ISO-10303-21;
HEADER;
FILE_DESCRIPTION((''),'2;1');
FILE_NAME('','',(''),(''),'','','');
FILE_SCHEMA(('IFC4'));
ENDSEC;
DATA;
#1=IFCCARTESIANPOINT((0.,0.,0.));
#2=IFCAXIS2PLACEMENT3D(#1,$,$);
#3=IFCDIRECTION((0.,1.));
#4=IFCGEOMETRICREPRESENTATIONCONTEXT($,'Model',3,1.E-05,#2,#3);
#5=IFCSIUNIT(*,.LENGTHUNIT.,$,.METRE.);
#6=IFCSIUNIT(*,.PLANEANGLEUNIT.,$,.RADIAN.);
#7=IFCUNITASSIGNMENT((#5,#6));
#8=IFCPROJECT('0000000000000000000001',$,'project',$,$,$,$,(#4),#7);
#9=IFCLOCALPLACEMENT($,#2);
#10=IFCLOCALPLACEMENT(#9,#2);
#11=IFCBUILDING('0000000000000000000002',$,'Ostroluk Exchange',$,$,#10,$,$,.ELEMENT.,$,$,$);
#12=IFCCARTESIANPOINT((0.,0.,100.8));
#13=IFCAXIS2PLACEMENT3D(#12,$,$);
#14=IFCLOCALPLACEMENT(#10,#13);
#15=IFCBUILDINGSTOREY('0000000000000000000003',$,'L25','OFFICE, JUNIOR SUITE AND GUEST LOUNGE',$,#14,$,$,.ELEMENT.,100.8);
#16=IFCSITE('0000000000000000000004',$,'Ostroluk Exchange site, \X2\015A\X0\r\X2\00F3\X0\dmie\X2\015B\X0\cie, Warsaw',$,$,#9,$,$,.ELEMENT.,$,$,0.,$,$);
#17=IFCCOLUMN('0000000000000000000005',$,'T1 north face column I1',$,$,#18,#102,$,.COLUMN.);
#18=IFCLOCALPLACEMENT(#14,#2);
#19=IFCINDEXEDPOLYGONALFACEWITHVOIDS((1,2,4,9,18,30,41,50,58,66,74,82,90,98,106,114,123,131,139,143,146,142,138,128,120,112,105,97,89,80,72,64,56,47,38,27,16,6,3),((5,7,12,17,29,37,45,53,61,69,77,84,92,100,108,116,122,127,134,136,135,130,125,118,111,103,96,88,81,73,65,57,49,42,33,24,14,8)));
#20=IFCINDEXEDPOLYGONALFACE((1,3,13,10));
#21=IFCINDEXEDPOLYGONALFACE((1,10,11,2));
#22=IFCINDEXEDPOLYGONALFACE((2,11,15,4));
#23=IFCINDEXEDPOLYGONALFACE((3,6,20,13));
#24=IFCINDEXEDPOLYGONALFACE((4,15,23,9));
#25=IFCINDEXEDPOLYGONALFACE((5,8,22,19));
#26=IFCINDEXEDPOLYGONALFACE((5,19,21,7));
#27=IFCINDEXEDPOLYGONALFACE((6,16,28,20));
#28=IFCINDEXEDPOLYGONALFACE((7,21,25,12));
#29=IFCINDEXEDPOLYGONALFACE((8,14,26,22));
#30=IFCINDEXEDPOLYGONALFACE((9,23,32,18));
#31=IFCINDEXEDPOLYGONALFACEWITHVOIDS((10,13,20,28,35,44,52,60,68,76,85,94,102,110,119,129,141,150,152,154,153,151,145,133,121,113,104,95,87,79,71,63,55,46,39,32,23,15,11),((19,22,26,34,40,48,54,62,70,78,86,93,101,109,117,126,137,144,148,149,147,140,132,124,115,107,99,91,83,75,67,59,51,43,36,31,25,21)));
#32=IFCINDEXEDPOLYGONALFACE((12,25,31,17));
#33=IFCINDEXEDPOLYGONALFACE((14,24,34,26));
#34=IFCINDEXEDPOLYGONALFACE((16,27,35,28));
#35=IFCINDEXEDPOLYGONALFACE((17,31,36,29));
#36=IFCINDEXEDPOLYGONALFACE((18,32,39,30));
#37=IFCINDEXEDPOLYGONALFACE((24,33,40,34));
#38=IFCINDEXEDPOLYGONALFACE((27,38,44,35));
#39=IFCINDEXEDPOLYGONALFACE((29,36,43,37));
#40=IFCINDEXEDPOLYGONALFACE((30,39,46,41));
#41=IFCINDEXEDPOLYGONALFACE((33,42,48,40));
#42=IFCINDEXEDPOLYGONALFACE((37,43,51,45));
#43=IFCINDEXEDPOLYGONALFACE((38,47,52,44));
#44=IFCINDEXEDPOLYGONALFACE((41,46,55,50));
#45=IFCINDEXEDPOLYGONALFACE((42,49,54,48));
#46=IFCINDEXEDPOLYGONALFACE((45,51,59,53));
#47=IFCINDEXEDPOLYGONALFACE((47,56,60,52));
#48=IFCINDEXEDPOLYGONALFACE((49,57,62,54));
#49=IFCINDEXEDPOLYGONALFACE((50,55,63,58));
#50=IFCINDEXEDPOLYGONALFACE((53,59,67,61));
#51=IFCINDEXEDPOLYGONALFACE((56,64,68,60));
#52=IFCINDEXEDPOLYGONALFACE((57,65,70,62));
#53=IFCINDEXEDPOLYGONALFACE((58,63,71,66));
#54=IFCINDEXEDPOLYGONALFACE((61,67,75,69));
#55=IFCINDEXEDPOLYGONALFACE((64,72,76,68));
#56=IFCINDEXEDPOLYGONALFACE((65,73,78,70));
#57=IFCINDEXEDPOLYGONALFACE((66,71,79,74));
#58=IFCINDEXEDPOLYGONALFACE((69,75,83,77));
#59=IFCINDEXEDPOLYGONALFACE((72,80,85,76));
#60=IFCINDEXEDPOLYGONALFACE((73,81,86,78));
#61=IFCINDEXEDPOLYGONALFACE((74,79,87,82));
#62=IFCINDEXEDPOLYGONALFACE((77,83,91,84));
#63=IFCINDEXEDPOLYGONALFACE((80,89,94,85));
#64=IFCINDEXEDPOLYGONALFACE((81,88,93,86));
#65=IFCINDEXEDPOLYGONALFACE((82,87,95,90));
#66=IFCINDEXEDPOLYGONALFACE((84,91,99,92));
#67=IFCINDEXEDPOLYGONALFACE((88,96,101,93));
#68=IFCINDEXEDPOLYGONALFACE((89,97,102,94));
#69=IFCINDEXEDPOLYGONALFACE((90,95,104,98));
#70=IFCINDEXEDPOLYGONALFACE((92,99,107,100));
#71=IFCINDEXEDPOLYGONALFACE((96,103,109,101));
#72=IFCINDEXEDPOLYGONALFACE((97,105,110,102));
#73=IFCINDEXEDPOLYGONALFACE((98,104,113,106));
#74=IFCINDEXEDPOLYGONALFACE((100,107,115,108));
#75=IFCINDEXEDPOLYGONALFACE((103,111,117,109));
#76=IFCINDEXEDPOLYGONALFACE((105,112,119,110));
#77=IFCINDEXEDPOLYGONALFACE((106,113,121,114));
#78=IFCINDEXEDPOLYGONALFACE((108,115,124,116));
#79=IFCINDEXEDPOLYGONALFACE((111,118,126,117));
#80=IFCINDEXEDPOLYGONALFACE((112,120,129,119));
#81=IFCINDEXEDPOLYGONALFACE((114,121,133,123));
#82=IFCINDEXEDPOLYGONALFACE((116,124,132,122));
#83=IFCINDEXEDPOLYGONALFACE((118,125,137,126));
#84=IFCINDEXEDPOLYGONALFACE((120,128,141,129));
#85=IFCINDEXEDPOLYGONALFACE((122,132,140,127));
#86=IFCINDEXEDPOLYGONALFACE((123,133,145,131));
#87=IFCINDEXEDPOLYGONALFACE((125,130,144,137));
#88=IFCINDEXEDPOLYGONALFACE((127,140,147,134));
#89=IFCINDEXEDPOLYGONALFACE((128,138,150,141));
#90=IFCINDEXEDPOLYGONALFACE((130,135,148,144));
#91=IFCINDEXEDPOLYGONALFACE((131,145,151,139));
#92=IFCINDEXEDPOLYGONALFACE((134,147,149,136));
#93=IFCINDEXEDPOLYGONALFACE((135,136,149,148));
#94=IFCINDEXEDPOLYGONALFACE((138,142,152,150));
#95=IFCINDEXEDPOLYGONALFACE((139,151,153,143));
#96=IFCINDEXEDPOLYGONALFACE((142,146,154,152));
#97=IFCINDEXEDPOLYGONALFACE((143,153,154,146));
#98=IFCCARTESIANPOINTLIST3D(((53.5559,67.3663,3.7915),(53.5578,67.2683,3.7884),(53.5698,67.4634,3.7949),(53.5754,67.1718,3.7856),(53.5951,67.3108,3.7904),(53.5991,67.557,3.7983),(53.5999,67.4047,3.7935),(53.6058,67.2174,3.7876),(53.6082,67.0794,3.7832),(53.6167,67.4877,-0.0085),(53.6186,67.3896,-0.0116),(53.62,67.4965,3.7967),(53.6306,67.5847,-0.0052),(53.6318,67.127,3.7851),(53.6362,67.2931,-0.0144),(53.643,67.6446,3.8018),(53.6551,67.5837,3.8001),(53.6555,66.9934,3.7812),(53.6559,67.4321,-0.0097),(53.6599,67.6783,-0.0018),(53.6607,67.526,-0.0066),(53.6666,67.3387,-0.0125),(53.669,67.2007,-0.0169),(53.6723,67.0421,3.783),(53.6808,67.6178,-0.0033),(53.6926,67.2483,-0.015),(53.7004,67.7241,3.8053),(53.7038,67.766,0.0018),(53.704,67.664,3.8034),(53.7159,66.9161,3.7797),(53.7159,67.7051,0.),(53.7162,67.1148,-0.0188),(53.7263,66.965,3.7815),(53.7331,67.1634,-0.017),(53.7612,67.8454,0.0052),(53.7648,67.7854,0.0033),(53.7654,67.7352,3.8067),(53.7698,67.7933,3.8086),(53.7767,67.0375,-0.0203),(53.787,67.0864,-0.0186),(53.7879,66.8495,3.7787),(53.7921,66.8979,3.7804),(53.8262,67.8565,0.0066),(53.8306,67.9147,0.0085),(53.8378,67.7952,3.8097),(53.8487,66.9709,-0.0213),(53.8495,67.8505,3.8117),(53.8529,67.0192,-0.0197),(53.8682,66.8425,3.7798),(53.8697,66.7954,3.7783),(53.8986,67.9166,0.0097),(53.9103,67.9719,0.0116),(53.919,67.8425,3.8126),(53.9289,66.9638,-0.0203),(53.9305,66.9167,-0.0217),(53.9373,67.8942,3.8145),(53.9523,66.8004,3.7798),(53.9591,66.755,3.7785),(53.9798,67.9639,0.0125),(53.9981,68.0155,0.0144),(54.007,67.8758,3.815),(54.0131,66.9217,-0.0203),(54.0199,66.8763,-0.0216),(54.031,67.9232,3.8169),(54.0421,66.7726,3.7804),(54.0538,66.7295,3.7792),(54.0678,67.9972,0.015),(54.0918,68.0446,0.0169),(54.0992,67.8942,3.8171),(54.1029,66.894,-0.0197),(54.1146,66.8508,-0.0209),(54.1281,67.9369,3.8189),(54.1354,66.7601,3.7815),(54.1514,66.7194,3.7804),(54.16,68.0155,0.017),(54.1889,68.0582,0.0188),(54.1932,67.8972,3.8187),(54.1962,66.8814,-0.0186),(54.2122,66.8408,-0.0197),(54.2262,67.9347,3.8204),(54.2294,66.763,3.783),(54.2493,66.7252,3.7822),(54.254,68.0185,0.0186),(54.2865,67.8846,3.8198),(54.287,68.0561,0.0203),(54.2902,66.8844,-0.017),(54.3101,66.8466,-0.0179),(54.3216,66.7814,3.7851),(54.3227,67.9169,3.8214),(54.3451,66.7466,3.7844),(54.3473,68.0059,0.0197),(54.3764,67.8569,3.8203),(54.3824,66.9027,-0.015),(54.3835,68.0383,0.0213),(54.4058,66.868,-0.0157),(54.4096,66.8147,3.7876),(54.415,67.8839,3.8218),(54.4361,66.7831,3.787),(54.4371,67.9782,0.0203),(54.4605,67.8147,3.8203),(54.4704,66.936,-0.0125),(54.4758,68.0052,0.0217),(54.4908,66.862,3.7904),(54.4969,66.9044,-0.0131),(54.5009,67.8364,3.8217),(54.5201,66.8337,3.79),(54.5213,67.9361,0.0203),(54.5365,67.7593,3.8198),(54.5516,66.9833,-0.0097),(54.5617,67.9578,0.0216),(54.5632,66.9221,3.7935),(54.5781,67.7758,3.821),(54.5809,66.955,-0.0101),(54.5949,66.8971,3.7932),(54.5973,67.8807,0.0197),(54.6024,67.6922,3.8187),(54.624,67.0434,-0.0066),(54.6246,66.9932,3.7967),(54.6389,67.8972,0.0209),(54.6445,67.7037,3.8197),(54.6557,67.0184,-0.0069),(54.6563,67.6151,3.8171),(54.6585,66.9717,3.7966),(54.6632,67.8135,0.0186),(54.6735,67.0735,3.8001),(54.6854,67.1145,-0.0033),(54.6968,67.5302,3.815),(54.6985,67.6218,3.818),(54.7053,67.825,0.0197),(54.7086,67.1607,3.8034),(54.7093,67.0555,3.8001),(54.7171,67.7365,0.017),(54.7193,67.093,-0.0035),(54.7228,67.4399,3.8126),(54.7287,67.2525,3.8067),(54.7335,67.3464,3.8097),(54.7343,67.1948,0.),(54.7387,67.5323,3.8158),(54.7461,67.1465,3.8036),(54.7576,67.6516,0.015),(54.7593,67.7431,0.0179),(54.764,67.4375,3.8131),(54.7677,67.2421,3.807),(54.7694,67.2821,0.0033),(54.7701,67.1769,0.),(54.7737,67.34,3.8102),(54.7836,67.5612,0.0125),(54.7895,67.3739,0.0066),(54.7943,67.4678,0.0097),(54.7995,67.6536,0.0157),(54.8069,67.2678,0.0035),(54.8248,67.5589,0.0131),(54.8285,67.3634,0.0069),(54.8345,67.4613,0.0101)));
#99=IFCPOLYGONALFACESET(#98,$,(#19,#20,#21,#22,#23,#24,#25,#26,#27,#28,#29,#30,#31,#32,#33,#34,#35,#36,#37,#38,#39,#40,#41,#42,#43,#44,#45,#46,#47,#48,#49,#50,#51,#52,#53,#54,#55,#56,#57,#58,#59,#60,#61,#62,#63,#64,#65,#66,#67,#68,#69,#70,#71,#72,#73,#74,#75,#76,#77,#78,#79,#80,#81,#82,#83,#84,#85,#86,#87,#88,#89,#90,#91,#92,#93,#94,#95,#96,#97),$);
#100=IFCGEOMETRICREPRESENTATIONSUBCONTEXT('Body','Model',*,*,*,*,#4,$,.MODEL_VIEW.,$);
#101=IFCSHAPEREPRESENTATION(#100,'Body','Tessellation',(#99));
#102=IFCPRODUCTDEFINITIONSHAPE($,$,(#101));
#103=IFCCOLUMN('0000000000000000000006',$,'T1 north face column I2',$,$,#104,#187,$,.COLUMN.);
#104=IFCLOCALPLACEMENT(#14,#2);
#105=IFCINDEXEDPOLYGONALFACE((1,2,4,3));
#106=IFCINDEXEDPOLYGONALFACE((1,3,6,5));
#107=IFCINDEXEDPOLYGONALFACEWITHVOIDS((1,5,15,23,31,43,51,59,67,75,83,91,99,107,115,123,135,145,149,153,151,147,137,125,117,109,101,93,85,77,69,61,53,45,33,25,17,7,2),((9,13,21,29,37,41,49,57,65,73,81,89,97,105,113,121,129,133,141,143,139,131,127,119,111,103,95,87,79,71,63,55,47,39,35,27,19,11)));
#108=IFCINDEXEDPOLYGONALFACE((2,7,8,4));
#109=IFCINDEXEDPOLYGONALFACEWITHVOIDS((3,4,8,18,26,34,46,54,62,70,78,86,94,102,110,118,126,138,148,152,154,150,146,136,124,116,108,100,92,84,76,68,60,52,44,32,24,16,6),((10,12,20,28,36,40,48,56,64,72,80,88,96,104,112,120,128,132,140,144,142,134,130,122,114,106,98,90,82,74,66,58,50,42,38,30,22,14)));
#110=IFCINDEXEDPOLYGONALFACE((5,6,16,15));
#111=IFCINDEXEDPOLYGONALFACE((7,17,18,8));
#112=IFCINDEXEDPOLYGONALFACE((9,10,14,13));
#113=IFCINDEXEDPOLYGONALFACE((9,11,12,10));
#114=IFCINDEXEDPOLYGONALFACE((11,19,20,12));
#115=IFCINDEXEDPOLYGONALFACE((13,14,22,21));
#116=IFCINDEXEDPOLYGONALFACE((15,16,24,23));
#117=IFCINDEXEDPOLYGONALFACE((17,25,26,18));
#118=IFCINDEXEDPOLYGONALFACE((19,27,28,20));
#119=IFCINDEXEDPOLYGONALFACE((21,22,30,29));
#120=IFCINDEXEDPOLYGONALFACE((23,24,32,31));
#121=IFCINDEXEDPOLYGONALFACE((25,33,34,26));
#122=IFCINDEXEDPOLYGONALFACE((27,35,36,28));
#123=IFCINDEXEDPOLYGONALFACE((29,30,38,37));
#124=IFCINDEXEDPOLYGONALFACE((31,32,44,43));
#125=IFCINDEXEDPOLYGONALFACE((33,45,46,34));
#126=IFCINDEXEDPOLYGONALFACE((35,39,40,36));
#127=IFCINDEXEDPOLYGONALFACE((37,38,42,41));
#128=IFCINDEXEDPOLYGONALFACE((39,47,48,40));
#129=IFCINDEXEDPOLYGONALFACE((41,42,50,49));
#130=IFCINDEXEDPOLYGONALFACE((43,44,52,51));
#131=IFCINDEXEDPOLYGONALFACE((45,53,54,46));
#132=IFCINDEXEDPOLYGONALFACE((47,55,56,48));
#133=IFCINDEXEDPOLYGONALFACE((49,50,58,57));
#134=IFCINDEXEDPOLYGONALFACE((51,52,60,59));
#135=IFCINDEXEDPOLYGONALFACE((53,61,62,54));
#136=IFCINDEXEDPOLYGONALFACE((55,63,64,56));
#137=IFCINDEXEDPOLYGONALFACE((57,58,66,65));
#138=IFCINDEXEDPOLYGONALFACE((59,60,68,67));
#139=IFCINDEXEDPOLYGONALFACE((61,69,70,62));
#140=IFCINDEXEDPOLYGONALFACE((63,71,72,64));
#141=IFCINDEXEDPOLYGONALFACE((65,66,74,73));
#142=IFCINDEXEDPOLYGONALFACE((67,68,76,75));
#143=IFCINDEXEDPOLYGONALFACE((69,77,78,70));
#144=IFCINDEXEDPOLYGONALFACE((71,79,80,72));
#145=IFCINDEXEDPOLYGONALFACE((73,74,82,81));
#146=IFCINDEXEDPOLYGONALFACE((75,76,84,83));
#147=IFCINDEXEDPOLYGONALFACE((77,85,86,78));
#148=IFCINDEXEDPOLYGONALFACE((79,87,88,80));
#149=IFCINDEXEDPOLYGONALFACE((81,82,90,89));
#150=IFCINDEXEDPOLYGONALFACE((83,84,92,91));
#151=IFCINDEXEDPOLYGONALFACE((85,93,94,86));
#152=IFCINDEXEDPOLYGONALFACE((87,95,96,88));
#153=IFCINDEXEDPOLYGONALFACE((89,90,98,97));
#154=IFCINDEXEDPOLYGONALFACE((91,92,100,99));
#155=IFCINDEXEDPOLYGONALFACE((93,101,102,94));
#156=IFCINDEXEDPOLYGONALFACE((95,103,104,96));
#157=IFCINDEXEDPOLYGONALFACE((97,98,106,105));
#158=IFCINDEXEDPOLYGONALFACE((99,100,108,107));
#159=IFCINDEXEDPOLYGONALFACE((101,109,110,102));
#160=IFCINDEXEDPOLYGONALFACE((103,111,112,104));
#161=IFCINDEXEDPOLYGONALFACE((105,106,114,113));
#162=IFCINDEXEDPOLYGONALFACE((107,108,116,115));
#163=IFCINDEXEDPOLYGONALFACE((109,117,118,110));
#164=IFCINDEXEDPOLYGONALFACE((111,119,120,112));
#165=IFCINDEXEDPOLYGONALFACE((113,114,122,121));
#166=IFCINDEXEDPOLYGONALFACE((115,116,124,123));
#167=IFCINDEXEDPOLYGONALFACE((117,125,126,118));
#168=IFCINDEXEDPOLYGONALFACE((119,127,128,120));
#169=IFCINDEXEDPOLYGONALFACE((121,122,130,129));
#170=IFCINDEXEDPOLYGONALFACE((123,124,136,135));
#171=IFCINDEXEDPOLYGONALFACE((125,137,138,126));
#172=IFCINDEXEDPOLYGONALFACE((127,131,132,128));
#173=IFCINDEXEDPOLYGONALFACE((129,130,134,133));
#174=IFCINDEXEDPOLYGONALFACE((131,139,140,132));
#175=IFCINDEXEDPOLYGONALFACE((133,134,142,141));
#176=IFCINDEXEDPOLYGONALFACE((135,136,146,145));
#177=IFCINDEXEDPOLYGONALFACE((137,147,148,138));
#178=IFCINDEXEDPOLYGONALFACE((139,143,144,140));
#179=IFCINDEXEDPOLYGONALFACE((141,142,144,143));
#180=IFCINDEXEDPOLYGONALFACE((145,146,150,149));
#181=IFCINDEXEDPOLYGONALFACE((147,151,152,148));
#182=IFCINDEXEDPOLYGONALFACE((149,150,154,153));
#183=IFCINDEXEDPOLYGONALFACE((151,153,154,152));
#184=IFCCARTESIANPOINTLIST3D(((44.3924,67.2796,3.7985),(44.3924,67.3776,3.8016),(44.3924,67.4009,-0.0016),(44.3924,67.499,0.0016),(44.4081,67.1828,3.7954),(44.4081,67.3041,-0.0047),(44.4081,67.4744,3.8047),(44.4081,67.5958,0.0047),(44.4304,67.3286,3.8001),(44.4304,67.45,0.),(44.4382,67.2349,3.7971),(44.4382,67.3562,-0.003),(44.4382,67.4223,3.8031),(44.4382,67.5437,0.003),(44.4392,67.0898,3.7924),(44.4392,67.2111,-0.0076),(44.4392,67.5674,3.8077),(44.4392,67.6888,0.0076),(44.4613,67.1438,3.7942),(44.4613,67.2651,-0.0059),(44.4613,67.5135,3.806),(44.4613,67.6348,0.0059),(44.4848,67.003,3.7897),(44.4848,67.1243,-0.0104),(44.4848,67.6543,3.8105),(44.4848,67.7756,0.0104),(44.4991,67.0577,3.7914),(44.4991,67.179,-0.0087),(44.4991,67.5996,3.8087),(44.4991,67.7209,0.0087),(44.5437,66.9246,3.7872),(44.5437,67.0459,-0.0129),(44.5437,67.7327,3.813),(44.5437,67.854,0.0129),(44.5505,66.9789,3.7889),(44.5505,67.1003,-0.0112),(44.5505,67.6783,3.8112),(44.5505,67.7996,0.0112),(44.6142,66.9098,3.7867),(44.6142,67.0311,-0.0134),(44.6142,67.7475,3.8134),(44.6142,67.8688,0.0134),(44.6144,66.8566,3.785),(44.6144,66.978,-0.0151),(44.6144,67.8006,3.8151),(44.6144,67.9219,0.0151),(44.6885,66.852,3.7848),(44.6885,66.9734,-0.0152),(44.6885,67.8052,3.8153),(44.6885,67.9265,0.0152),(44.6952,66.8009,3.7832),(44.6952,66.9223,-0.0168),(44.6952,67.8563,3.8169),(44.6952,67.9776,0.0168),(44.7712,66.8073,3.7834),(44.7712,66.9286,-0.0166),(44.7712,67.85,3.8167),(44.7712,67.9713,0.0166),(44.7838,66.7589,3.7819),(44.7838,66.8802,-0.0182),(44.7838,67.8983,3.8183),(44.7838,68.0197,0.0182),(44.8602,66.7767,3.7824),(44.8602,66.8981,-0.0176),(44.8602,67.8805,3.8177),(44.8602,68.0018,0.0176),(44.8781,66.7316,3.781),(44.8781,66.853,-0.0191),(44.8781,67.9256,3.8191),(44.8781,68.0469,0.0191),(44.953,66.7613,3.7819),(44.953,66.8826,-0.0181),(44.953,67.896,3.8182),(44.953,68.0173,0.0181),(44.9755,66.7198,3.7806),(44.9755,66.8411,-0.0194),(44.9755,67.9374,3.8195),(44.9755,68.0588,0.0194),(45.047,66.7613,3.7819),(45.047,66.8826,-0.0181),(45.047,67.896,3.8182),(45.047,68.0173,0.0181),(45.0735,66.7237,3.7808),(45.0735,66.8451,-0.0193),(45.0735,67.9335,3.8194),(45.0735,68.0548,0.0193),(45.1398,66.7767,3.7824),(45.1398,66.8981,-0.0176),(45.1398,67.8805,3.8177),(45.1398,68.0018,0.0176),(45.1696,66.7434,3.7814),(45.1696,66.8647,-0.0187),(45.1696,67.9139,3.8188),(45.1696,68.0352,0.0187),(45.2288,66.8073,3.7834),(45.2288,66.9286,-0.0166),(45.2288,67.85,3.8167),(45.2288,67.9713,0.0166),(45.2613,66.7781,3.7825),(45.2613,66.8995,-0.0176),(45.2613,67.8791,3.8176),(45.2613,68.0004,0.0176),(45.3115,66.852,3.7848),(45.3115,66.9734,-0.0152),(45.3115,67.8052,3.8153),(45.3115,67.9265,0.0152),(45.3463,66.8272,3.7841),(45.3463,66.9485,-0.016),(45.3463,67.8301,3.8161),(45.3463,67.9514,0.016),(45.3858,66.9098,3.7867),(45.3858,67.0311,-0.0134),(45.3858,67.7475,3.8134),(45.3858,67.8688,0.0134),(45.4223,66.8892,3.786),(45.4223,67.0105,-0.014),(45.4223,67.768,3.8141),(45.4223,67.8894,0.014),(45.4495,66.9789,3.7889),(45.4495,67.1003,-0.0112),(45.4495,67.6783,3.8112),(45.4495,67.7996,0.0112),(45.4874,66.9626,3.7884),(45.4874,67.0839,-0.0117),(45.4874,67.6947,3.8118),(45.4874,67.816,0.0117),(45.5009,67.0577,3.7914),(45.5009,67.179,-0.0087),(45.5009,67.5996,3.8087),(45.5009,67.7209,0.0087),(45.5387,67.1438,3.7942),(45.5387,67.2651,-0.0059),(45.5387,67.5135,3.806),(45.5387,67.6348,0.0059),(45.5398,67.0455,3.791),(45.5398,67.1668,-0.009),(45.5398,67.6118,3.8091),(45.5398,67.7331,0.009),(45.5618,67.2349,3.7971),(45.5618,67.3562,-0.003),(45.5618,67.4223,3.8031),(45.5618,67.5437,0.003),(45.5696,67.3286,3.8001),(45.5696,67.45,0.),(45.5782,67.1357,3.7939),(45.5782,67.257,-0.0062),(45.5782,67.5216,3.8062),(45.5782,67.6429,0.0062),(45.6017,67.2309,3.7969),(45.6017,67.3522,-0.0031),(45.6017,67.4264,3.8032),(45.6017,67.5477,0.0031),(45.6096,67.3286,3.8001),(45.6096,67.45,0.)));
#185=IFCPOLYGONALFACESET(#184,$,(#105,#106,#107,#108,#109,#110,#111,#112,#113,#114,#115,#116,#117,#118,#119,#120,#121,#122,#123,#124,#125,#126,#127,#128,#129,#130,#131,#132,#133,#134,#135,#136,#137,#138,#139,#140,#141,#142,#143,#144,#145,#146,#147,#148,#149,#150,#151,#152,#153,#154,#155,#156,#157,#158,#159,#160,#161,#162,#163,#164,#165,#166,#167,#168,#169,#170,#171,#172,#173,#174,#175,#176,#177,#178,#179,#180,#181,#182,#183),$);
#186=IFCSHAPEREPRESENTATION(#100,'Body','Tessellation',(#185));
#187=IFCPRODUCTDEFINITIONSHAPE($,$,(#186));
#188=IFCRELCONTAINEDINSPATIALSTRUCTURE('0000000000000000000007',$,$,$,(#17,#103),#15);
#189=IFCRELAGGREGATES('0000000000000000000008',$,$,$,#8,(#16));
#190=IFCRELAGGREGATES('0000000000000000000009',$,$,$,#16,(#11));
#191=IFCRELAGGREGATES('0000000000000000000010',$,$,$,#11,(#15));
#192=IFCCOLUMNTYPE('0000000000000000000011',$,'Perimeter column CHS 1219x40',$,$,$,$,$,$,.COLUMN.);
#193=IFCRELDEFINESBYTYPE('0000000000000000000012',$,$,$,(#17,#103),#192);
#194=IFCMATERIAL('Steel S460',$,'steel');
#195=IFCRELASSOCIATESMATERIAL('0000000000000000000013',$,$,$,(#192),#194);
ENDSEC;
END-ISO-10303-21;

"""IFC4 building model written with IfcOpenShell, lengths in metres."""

from ifc_helpers import new_model, si_unit, direction, frame, origin, origin_2d, place, context, subcontext, project, spatial, hollow_circle, extrude, material, material_profile, profile_set, type_object, element, save


model = new_model("IFC4")

# Units and contexts
model_context = context("Model", 3, precision=1e-05, world=origin(), true_north=direction((0.0, 1.0)))
body_context = subcontext(model_context, "Body", "Model", "MODEL_VIEW")
ifc_project = project(units=[si_unit("LENGTHUNIT", "METRE"), si_unit("PLANEANGLEUNIT", "RADIAN")], contexts=[model_context])

# Site, building, storey
site_placement = place(None, origin())
site = spatial("IfcSite", under=ifc_project, at=site_placement, Name="Ostroluk Exchange site, Śródmieście, Warsaw", CompositionType="ELEMENT", RefElevation=0.0)
building_placement = place(site_placement, origin())
building = spatial("IfcBuilding", under=site, at=building_placement, Name="Ostroluk Exchange", CompositionType="ELEMENT")
storey_placement = place(building_placement, frame((0.0, 0.0, 100.8)))
storey = spatial("IfcBuildingStorey", under=building, at=storey_placement, Name="L25", Description="OFFICE, JUNIOR SUITE AND GUEST LOUNGE", CompositionType="ELEMENT", Elevation=100.8)

# Columns
ifc_material_1 = material(Name="Steel S460", Category="steel")
ifc_material_profile_1 = material_profile(ifc_material_1, hollow_circle(Radius=0.6096, WallThickness=0.04, at=origin_2d()), Name="CHS 1219x40")
ifc_profile_set_1 = profile_set([ifc_material_profile_1], Name="Steel S460")
column_type = type_object("IfcColumnType", Name="Perimeter column CHS 1219x40", PredefinedType="COLUMN", material=ifc_profile_set_1)
column_1_placement = place(storey_placement, frame((54.2251, 67.45, 0.0), z_axis=(-0.015987, -0.03191, 0.999363), x_axis=(0.894067, -0.447933, 0.0)))
element("IfcColumn", 1, at=column_1_placement, inside=storey, type_object=column_type, Name="T1 north face column I1", PredefinedType="COLUMN", context=body_context, shape_type="SweptSolid", body=[
    extrude(hollow_circle(Radius=0.6096, WallThickness=0.04, at=origin_2d()), origin(), (0.0, 0.0, 1.0), 3.8025),
])
column_2_placement = place(storey_placement, frame((45.0, 67.45, 0.0), z_axis=(0.0, -0.031914, 0.999491), x_axis=(1.0, 0.0, 0.0)))
element("IfcColumn", 2, at=column_2_placement, inside=storey, type_object=column_type, Name="T1 north face column I2", PredefinedType="COLUMN", context=body_context, shape_type="SweptSolid", body=[
    extrude(hollow_circle(Radius=0.6096, WallThickness=0.04, at=origin_2d()), origin(), (0.0, 0.0, 1.0), 3.802),
])

save(model, "model.ifc")
